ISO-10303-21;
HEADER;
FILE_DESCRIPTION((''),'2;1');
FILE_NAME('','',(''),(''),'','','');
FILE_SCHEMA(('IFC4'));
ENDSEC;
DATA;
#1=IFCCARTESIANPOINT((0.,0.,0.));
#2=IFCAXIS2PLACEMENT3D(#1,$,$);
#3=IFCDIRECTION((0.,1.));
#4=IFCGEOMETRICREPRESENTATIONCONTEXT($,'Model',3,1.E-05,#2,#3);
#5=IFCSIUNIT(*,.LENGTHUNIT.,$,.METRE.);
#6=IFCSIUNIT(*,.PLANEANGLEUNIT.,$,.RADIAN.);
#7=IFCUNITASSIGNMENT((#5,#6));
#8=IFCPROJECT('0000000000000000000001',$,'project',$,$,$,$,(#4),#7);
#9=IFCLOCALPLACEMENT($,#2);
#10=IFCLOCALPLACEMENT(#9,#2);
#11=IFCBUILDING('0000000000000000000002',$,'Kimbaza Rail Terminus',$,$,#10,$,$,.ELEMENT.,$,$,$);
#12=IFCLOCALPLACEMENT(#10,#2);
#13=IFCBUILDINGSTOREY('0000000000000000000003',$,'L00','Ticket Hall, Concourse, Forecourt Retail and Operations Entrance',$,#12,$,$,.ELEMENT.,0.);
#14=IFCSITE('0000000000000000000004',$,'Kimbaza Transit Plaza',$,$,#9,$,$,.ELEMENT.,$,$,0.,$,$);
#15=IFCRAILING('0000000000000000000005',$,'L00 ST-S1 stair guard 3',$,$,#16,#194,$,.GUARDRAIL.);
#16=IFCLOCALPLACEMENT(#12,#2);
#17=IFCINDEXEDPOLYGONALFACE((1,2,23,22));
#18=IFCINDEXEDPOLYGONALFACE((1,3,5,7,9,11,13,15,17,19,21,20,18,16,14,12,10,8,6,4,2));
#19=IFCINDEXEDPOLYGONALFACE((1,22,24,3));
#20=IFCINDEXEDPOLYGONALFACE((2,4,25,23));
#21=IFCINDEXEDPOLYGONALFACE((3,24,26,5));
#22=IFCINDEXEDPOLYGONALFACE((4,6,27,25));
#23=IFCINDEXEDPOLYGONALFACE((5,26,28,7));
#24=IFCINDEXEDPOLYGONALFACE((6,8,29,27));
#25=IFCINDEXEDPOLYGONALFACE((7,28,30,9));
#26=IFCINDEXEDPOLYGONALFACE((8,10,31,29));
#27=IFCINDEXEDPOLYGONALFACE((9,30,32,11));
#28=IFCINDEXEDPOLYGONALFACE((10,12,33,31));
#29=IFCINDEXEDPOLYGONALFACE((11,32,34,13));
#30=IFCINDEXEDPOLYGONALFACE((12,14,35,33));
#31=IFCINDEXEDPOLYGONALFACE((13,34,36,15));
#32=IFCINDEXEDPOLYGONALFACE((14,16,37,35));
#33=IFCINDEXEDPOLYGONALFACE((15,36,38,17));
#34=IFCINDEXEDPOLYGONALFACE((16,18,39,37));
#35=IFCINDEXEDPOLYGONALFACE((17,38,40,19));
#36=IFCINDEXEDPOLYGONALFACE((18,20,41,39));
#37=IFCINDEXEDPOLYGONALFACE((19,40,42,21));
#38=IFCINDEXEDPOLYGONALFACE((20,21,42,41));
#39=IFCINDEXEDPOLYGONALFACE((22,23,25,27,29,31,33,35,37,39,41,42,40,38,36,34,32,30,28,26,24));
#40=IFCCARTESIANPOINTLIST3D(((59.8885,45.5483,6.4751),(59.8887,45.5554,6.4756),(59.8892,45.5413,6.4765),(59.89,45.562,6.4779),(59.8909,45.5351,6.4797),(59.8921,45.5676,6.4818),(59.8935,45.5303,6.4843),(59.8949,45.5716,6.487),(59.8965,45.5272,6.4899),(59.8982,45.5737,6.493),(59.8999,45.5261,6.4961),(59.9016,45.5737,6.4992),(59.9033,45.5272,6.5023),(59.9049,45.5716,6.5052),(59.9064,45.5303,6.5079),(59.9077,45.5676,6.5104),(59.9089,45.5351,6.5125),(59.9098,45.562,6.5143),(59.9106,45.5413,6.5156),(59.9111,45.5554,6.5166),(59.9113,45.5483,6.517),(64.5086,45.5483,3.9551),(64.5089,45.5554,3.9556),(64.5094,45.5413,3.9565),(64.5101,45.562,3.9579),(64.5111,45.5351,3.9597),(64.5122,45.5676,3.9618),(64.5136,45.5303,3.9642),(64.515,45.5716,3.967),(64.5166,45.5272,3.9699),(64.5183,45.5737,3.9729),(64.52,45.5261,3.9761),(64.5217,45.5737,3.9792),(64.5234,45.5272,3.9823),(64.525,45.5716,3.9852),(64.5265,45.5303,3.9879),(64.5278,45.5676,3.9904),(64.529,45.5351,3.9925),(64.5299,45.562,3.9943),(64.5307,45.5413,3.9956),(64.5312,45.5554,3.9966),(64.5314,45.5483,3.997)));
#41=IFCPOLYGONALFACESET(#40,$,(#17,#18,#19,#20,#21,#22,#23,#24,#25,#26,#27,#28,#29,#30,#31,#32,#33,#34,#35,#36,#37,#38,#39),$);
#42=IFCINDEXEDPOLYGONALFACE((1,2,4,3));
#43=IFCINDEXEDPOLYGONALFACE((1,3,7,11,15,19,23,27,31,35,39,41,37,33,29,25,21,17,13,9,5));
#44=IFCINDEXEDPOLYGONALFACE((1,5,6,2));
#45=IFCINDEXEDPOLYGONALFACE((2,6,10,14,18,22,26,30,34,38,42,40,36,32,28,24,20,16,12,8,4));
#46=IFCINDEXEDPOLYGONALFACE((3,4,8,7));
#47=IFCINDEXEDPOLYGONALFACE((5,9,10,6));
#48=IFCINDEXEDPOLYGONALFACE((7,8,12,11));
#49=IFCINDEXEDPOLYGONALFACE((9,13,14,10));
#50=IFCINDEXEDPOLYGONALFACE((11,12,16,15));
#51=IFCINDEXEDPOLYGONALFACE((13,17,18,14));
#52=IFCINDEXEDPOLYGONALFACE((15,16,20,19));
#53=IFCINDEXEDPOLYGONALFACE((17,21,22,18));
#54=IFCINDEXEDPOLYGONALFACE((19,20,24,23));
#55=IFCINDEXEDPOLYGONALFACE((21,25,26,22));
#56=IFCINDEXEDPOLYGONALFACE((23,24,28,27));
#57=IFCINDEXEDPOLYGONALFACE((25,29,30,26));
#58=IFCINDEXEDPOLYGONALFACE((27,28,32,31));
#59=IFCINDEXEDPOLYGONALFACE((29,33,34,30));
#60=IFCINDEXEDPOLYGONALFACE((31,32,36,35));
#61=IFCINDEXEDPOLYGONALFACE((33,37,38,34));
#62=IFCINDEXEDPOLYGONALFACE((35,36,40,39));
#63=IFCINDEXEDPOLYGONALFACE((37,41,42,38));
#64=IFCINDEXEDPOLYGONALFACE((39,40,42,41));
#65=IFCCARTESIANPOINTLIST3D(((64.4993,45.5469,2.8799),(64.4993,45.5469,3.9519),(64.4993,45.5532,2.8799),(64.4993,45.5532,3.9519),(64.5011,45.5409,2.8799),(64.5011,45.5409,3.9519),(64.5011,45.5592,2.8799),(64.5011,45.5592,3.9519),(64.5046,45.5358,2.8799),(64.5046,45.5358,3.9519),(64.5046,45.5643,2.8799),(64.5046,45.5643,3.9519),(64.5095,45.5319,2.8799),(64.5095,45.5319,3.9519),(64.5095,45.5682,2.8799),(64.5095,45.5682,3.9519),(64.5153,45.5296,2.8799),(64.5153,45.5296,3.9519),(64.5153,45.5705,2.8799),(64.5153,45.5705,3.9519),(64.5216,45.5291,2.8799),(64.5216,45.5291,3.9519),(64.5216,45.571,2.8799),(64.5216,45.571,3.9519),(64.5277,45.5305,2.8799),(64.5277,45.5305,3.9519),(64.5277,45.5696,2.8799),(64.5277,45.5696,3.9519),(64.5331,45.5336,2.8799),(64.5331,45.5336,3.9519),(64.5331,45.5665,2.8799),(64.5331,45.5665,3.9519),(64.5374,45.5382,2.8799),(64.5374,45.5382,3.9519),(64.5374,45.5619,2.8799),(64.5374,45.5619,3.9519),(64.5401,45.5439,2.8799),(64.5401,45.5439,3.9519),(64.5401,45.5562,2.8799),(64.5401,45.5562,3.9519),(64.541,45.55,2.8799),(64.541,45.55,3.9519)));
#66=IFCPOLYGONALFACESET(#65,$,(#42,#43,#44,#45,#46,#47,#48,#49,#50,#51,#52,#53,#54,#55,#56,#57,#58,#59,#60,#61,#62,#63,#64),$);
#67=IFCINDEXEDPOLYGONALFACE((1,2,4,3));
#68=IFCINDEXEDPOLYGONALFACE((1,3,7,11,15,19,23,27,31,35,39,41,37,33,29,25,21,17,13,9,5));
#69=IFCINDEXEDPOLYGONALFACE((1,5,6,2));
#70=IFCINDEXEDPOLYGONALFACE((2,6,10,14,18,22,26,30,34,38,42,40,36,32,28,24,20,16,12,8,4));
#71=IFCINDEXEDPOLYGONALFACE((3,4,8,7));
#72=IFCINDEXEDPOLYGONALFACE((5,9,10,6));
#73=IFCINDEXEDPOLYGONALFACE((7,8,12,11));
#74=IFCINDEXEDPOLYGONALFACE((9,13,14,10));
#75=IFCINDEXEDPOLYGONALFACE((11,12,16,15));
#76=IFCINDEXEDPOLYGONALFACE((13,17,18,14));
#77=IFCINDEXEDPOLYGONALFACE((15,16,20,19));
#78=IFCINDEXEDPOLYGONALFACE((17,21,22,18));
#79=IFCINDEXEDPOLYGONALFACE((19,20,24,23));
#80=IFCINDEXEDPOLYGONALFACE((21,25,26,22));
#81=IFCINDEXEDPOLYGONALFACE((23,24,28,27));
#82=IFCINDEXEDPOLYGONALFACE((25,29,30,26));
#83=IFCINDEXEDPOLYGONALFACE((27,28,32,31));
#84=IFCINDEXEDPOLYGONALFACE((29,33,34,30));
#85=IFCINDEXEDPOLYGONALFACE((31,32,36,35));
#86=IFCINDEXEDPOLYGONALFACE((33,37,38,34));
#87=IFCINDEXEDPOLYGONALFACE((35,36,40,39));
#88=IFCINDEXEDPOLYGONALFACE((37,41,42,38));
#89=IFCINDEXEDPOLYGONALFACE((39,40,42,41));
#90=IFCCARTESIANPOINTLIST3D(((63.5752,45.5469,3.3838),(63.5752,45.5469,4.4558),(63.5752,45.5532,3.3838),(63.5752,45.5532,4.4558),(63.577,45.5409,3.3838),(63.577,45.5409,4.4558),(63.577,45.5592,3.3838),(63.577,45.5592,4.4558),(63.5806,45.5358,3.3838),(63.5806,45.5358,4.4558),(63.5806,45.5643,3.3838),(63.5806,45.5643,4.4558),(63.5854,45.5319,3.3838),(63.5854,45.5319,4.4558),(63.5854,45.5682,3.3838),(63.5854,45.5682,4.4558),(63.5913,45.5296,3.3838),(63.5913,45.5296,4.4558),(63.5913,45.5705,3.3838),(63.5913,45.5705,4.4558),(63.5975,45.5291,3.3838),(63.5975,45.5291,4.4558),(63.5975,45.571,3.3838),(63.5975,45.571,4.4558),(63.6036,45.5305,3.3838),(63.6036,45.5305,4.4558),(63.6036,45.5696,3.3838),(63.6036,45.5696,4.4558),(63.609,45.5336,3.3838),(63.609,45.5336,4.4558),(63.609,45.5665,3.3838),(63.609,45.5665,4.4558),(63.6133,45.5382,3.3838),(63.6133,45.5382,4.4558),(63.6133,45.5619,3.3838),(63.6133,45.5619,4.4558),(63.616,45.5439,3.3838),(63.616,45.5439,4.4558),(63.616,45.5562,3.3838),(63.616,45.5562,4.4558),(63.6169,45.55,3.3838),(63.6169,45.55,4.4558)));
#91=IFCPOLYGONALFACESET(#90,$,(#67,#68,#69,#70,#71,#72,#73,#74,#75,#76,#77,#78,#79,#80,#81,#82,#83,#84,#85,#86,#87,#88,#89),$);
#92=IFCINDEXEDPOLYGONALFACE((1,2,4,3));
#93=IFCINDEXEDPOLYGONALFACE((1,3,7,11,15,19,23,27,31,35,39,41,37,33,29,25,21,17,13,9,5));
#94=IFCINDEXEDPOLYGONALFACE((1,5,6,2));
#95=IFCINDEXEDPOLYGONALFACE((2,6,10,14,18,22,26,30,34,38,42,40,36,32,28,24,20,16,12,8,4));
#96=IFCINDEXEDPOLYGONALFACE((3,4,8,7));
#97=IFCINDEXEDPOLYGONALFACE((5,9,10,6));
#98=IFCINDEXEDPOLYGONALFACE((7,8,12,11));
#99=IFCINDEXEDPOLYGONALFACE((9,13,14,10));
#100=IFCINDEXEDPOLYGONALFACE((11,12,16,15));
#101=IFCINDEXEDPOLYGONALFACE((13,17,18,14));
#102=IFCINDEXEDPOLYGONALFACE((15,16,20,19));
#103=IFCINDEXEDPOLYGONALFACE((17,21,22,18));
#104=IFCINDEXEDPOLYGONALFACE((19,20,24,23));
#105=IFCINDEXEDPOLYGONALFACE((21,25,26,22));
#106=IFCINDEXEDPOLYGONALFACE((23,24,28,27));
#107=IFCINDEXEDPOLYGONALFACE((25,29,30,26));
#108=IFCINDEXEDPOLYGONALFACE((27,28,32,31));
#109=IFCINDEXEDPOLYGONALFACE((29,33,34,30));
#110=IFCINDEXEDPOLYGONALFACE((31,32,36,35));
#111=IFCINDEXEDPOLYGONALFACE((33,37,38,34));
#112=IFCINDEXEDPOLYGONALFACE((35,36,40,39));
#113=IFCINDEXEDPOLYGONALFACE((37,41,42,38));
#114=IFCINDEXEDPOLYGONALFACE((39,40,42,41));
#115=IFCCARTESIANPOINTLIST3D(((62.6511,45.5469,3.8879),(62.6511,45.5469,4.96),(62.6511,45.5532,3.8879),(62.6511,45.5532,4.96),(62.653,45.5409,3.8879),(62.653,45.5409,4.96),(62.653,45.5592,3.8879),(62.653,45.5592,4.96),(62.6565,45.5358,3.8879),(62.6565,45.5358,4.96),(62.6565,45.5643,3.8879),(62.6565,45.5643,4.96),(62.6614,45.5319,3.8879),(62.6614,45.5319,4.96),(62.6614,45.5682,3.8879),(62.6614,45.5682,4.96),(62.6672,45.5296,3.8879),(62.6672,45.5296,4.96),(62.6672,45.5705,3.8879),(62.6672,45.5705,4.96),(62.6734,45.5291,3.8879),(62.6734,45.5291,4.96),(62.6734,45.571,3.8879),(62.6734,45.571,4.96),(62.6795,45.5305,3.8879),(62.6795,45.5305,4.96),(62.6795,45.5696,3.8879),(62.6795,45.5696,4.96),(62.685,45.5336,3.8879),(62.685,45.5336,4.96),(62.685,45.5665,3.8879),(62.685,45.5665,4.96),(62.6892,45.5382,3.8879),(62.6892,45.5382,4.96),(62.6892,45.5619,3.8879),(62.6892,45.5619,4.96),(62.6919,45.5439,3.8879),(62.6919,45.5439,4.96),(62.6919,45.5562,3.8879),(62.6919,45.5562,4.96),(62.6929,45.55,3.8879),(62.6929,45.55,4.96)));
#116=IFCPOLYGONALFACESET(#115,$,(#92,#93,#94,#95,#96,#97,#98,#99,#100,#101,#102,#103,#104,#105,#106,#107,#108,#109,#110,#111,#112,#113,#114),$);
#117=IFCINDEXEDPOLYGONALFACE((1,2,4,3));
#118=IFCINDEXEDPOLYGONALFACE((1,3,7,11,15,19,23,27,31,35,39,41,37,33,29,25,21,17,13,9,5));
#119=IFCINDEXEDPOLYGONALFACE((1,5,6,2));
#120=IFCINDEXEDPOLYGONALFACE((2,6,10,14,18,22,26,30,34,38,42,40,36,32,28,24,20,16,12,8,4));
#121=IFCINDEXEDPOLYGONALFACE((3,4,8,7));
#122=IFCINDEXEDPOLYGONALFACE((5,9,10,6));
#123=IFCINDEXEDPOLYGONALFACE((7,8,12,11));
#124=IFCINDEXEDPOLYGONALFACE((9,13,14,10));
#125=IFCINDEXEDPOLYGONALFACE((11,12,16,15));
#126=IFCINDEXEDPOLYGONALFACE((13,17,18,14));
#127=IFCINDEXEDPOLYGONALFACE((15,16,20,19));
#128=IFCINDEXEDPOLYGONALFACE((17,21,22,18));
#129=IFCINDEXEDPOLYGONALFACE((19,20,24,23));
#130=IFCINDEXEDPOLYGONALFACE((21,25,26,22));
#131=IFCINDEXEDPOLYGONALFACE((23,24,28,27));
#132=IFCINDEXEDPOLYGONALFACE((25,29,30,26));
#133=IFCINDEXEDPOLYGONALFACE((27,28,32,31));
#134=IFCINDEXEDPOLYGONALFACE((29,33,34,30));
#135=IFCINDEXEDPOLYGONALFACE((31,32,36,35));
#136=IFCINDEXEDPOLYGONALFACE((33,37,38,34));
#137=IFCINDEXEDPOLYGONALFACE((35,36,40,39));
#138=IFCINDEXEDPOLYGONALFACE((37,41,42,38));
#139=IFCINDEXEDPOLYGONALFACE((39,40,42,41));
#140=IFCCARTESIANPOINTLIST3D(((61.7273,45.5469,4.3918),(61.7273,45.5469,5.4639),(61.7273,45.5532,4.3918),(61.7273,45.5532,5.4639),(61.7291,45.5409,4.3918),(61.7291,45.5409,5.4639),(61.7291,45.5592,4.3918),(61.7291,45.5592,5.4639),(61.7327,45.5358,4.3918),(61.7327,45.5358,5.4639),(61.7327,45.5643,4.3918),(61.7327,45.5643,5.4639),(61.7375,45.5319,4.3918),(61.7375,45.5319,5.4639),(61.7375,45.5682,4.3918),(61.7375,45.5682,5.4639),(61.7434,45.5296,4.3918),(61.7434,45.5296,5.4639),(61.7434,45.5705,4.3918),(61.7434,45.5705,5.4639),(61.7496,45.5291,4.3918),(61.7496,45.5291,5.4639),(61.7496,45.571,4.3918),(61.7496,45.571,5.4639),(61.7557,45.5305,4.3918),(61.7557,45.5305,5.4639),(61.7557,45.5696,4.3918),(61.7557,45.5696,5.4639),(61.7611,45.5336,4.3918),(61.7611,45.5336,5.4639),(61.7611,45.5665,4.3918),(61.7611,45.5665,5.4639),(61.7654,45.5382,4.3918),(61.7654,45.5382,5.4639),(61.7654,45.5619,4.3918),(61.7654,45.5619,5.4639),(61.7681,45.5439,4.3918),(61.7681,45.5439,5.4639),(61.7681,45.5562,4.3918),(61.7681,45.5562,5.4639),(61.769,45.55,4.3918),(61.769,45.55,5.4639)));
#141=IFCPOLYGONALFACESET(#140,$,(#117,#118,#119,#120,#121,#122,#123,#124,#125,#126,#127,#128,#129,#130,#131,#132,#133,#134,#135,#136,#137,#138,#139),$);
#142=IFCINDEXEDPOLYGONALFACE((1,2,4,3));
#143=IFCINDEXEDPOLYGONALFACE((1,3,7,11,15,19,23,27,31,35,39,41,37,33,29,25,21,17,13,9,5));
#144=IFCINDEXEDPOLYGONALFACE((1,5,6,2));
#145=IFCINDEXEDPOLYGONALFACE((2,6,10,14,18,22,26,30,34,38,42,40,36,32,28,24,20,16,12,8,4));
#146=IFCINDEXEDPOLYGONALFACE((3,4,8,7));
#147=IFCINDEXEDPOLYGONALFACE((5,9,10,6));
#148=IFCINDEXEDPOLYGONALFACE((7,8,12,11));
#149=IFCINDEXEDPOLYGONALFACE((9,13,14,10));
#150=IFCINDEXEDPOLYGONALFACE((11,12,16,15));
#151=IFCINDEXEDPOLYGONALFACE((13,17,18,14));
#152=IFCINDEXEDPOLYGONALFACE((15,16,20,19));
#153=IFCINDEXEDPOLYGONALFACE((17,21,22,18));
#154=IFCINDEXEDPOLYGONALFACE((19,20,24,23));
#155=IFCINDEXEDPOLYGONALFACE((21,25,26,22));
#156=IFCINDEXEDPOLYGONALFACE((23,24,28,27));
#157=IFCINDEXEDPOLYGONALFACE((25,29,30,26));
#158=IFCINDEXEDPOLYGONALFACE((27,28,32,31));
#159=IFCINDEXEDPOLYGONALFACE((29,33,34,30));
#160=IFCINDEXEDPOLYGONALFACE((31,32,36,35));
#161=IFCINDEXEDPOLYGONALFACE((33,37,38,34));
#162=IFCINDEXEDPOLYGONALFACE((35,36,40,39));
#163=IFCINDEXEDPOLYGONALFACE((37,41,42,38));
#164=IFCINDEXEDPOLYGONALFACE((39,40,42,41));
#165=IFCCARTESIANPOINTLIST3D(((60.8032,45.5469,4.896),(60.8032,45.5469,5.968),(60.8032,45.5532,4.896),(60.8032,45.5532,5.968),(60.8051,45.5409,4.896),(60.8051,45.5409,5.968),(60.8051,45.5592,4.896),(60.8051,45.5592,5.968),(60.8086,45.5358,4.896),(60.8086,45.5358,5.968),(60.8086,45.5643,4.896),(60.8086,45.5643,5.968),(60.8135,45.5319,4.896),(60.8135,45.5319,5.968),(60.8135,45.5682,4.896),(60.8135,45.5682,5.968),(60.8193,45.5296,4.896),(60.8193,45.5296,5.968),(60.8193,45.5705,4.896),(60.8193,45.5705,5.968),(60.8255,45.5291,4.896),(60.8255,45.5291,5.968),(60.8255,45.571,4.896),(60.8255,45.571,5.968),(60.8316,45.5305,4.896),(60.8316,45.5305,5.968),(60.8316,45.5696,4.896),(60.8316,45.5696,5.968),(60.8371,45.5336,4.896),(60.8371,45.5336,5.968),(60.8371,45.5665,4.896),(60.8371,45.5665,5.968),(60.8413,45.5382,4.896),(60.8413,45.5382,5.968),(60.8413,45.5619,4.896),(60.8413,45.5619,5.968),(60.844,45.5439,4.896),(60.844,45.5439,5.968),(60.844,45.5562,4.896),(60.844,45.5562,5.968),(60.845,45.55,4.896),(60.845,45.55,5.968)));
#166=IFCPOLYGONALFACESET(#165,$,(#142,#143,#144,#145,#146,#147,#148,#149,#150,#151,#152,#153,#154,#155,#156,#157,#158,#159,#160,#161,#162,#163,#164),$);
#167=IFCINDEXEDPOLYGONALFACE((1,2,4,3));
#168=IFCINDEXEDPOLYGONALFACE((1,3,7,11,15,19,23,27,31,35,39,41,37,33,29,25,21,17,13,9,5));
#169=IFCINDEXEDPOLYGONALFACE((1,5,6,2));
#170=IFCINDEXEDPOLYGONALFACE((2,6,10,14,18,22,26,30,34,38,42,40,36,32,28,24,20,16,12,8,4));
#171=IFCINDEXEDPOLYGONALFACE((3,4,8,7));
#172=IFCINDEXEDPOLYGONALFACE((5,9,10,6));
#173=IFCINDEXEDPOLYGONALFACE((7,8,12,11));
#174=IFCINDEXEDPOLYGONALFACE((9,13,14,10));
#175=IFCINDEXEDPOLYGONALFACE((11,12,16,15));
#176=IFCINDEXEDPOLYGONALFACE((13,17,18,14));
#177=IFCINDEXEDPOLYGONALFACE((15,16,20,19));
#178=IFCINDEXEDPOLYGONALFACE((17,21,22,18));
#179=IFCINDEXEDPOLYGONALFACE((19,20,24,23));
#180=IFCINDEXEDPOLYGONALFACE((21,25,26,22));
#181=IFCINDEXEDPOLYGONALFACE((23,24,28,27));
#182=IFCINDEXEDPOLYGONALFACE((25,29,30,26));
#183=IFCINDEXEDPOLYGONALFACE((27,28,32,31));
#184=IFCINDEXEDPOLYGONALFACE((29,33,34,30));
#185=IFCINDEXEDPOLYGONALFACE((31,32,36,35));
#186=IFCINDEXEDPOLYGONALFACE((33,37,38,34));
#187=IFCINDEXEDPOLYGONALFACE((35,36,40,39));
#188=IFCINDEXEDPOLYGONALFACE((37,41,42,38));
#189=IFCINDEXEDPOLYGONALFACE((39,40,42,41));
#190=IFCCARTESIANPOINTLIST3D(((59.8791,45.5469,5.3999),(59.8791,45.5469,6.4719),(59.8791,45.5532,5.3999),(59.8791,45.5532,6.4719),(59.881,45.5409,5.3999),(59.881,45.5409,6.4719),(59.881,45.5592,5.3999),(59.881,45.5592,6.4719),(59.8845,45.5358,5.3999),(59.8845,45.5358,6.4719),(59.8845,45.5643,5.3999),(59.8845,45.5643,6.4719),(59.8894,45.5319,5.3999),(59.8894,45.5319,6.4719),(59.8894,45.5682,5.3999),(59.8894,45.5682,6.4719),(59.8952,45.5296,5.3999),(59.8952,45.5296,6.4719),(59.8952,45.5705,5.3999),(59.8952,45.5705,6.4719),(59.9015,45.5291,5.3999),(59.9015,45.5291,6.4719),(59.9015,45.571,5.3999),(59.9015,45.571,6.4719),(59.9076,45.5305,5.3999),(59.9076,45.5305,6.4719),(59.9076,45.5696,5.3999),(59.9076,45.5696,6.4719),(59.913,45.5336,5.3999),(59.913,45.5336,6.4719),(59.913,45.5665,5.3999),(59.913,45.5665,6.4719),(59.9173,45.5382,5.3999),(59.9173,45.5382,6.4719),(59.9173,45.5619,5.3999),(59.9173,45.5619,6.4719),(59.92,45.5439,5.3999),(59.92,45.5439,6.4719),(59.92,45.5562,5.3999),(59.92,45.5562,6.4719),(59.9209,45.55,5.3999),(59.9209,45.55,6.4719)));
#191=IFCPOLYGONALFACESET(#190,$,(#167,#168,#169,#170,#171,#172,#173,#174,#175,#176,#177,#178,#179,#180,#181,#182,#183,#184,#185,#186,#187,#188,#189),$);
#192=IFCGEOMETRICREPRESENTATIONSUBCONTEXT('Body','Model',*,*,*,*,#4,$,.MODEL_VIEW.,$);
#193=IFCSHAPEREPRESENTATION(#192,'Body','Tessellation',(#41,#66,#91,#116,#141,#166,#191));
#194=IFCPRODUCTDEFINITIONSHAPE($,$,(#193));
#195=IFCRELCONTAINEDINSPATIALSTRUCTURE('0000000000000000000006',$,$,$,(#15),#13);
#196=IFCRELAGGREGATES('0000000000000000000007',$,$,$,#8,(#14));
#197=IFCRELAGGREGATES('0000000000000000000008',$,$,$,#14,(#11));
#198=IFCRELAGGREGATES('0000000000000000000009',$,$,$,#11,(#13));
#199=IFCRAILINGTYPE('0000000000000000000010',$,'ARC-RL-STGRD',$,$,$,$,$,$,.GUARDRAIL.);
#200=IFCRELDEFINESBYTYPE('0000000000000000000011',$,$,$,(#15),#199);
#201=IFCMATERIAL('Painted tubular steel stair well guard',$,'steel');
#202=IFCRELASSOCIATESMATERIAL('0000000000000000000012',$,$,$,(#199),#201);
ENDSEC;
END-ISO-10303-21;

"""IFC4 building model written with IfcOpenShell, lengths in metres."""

from ifc_helpers import new_model, si_unit, direction, frame, origin, origin_2d, place, context, subcontext, project, spatial, circle, extrude, material, type_object, element, save


model = new_model("IFC4")

# Units and contexts
model_context = context("Model", 3, precision=1e-05, world=origin(), true_north=direction((0.0, 1.0)))
body_context = subcontext(model_context, "Body", "Model", "MODEL_VIEW")
ifc_project = project(units=[si_unit("LENGTHUNIT", "METRE"), si_unit("PLANEANGLEUNIT", "RADIAN")], contexts=[model_context])

# Site, building, storey
site_placement = place(None, origin())
site = spatial("IfcSite", under=ifc_project, at=site_placement, Name="Kimbaza Transit Plaza", CompositionType="ELEMENT", RefElevation=0.0)
building_placement = place(site_placement, origin())
building = spatial("IfcBuilding", under=site, at=building_placement, Name="Kimbaza Rail Terminus", CompositionType="ELEMENT")
storey_placement = place(building_placement, origin())
storey = spatial("IfcBuildingStorey", under=building, at=storey_placement, Name="L00", Description="Ticket Hall, Concourse, Forecourt Retail and Operations Entrance", CompositionType="ELEMENT", Elevation=0.0)

# Railing
ifc_material_1 = material(Name="Painted tubular steel stair well guard", Category="steel")
railing_type_1 = type_object("IfcRailingType", Name="ARC-RL-STGRD", PredefinedType="GUARDRAIL", material=ifc_material_1)
railing_1_placement = place(storey_placement, frame((64.52, 45.55, 2.8799)))
element("IfcRailing", 1, at=railing_1_placement, inside=storey, type_object=railing_type_1, Name="L00 ST-S1 stair guard 3", PredefinedType="GUARDRAIL", context=body_context, shape_type="SweptSolid", body=[
    extrude(circle(Radius=0.0239, at=origin_2d()), frame((0.0, 0.0, 1.0962), z_axis=(-0.877899, 0.0, 0.478846), x_axis=(0.0, -1.0, 0.0)), (0.0, 0.0, 1.0), 5.2627),
    extrude(circle(Radius=0.021, at=origin_2d()), origin(), (0.0, 0.0, 1.0), 1.072),
    extrude(circle(Radius=0.021, at=origin_2d()), frame((-0.9241, 0.0, 0.5039)), (0.0, 0.0, 1.0), 1.072),
    extrude(circle(Radius=0.021, at=origin_2d()), frame((-1.8481, 0.0, 1.0081)), (0.0, 0.0, 1.0), 1.072),
    extrude(circle(Radius=0.021, at=origin_2d()), frame((-2.772, 0.0, 1.512)), (0.0, 0.0, 1.0), 1.072),
    extrude(circle(Radius=0.021, at=origin_2d()), frame((-3.696, 0.0, 2.0161)), (0.0, 0.0, 1.0), 1.072),
    extrude(circle(Radius=0.021, at=origin_2d()), frame((-4.6201, 0.0, 2.52)), (0.0, 0.0, 1.0), 1.072),
])

save(model, "model.ifc")
